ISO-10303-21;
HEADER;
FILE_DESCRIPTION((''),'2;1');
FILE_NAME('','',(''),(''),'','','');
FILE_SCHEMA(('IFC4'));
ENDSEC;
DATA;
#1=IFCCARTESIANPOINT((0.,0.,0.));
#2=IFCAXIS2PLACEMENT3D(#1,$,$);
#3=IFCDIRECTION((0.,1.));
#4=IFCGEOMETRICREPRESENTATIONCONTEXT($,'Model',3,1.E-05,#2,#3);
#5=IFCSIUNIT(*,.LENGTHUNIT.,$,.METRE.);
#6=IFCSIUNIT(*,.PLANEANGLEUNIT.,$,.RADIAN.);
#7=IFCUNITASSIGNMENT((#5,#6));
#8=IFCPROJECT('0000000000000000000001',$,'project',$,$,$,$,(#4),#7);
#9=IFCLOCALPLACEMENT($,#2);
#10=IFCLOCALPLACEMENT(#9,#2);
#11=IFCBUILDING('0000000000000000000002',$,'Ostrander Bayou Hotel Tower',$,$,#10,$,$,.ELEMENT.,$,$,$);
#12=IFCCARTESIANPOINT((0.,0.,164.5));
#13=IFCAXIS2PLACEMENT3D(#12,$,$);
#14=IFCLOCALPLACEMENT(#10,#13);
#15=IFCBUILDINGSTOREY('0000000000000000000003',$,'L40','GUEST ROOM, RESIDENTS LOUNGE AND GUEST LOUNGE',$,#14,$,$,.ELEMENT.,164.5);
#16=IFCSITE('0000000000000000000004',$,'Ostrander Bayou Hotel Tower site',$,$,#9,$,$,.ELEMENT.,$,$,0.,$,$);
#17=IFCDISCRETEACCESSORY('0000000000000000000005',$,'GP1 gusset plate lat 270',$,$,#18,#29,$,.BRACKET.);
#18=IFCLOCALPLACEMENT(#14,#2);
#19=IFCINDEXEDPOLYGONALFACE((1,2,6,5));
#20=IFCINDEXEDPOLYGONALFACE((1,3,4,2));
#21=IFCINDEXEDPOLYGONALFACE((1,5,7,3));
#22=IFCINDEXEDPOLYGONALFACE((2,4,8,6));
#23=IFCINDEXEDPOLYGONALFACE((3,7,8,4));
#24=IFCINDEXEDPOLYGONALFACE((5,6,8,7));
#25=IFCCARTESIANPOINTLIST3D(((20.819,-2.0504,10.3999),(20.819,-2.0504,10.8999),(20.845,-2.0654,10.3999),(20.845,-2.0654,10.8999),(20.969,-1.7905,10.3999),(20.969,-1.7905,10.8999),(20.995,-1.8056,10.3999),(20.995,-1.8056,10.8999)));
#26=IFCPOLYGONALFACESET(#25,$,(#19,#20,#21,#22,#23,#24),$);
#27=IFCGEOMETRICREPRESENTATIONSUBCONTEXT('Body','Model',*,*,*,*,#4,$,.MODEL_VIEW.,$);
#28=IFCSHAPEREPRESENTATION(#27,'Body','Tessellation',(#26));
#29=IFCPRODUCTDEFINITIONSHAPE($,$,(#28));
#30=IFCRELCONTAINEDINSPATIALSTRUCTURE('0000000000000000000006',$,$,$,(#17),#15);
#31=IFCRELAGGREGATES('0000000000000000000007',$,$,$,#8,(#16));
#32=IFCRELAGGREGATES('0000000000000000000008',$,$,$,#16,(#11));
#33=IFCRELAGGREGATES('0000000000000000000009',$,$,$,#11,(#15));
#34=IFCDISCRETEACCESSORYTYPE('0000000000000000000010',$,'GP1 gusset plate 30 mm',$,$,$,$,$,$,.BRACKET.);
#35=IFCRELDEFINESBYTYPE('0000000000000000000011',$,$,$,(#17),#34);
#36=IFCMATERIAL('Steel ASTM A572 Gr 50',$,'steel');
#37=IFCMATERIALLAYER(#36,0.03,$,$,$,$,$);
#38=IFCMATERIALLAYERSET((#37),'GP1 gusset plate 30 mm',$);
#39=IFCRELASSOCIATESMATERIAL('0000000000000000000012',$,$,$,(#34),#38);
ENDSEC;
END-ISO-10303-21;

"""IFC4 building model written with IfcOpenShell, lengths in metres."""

from ifc_helpers import new_model, si_unit, direction, frame, origin, origin_2d, place, context, subcontext, project, spatial, rectangle, extrude, material, layer, layer_set, type_object, element, save


model = new_model("IFC4")

# Units and contexts
model_context = context("Model", 3, precision=1e-05, world=origin(), true_north=direction((0.0, 1.0)))
body_context = subcontext(model_context, "Body", "Model", "MODEL_VIEW")
ifc_project = project(units=[si_unit("LENGTHUNIT", "METRE"), si_unit("PLANEANGLEUNIT", "RADIAN")], contexts=[model_context])

# Site, building, storey
site_placement = place(None, origin())
site = spatial("IfcSite", under=ifc_project, at=site_placement, Name="Ostrander Bayou Hotel Tower site", CompositionType="ELEMENT", RefElevation=0.0)
building_placement = place(site_placement, origin())
building = spatial("IfcBuilding", under=site, at=building_placement, Name="Ostrander Bayou Hotel Tower", CompositionType="ELEMENT")
storey_placement = place(building_placement, frame((0.0, 0.0, 164.5)))
storey = spatial("IfcBuildingStorey", under=building, at=storey_placement, Name="L40", Description="GUEST ROOM, RESIDENTS LOUNGE AND GUEST LOUNGE", CompositionType="ELEMENT", Elevation=164.5)

# Discrete accessory
ifc_material_1 = material(Name="Steel ASTM A572 Gr 50", Category="steel")
ifc_layer_1 = layer(ifc_material_1, 0.03)
ifc_layer_set_1 = layer_set([ifc_layer_1], Name="GP1 gusset plate 30 mm")
discrete_accessory_type = type_object("IfcDiscreteAccessoryType", Name="GP1 gusset plate 30 mm", PredefinedType="BRACKET", material=ifc_layer_set_1)
for number, where, z_axis, x_axis, name in (
    (1, (20.907, -1.928, 10.3999), (0.0, 0.0, 1.0), (0.5, 0.866025, 0.0), "GP1 gusset plate lat 270"),
):
    element("IfcDiscreteAccessory", number, at=place(storey_placement, frame(where, z_axis=z_axis, x_axis=x_axis)), inside=storey, type_object=discrete_accessory_type, Name=name, PredefinedType="BRACKET", context=body_context, shape_type="SweptSolid", body=[
        extrude(rectangle(XDim=0.3, YDim=0.03, at=origin_2d()), origin(), (0.0, 0.0, 1.0), 0.5),
    ])

save(model, "model.ifc")
